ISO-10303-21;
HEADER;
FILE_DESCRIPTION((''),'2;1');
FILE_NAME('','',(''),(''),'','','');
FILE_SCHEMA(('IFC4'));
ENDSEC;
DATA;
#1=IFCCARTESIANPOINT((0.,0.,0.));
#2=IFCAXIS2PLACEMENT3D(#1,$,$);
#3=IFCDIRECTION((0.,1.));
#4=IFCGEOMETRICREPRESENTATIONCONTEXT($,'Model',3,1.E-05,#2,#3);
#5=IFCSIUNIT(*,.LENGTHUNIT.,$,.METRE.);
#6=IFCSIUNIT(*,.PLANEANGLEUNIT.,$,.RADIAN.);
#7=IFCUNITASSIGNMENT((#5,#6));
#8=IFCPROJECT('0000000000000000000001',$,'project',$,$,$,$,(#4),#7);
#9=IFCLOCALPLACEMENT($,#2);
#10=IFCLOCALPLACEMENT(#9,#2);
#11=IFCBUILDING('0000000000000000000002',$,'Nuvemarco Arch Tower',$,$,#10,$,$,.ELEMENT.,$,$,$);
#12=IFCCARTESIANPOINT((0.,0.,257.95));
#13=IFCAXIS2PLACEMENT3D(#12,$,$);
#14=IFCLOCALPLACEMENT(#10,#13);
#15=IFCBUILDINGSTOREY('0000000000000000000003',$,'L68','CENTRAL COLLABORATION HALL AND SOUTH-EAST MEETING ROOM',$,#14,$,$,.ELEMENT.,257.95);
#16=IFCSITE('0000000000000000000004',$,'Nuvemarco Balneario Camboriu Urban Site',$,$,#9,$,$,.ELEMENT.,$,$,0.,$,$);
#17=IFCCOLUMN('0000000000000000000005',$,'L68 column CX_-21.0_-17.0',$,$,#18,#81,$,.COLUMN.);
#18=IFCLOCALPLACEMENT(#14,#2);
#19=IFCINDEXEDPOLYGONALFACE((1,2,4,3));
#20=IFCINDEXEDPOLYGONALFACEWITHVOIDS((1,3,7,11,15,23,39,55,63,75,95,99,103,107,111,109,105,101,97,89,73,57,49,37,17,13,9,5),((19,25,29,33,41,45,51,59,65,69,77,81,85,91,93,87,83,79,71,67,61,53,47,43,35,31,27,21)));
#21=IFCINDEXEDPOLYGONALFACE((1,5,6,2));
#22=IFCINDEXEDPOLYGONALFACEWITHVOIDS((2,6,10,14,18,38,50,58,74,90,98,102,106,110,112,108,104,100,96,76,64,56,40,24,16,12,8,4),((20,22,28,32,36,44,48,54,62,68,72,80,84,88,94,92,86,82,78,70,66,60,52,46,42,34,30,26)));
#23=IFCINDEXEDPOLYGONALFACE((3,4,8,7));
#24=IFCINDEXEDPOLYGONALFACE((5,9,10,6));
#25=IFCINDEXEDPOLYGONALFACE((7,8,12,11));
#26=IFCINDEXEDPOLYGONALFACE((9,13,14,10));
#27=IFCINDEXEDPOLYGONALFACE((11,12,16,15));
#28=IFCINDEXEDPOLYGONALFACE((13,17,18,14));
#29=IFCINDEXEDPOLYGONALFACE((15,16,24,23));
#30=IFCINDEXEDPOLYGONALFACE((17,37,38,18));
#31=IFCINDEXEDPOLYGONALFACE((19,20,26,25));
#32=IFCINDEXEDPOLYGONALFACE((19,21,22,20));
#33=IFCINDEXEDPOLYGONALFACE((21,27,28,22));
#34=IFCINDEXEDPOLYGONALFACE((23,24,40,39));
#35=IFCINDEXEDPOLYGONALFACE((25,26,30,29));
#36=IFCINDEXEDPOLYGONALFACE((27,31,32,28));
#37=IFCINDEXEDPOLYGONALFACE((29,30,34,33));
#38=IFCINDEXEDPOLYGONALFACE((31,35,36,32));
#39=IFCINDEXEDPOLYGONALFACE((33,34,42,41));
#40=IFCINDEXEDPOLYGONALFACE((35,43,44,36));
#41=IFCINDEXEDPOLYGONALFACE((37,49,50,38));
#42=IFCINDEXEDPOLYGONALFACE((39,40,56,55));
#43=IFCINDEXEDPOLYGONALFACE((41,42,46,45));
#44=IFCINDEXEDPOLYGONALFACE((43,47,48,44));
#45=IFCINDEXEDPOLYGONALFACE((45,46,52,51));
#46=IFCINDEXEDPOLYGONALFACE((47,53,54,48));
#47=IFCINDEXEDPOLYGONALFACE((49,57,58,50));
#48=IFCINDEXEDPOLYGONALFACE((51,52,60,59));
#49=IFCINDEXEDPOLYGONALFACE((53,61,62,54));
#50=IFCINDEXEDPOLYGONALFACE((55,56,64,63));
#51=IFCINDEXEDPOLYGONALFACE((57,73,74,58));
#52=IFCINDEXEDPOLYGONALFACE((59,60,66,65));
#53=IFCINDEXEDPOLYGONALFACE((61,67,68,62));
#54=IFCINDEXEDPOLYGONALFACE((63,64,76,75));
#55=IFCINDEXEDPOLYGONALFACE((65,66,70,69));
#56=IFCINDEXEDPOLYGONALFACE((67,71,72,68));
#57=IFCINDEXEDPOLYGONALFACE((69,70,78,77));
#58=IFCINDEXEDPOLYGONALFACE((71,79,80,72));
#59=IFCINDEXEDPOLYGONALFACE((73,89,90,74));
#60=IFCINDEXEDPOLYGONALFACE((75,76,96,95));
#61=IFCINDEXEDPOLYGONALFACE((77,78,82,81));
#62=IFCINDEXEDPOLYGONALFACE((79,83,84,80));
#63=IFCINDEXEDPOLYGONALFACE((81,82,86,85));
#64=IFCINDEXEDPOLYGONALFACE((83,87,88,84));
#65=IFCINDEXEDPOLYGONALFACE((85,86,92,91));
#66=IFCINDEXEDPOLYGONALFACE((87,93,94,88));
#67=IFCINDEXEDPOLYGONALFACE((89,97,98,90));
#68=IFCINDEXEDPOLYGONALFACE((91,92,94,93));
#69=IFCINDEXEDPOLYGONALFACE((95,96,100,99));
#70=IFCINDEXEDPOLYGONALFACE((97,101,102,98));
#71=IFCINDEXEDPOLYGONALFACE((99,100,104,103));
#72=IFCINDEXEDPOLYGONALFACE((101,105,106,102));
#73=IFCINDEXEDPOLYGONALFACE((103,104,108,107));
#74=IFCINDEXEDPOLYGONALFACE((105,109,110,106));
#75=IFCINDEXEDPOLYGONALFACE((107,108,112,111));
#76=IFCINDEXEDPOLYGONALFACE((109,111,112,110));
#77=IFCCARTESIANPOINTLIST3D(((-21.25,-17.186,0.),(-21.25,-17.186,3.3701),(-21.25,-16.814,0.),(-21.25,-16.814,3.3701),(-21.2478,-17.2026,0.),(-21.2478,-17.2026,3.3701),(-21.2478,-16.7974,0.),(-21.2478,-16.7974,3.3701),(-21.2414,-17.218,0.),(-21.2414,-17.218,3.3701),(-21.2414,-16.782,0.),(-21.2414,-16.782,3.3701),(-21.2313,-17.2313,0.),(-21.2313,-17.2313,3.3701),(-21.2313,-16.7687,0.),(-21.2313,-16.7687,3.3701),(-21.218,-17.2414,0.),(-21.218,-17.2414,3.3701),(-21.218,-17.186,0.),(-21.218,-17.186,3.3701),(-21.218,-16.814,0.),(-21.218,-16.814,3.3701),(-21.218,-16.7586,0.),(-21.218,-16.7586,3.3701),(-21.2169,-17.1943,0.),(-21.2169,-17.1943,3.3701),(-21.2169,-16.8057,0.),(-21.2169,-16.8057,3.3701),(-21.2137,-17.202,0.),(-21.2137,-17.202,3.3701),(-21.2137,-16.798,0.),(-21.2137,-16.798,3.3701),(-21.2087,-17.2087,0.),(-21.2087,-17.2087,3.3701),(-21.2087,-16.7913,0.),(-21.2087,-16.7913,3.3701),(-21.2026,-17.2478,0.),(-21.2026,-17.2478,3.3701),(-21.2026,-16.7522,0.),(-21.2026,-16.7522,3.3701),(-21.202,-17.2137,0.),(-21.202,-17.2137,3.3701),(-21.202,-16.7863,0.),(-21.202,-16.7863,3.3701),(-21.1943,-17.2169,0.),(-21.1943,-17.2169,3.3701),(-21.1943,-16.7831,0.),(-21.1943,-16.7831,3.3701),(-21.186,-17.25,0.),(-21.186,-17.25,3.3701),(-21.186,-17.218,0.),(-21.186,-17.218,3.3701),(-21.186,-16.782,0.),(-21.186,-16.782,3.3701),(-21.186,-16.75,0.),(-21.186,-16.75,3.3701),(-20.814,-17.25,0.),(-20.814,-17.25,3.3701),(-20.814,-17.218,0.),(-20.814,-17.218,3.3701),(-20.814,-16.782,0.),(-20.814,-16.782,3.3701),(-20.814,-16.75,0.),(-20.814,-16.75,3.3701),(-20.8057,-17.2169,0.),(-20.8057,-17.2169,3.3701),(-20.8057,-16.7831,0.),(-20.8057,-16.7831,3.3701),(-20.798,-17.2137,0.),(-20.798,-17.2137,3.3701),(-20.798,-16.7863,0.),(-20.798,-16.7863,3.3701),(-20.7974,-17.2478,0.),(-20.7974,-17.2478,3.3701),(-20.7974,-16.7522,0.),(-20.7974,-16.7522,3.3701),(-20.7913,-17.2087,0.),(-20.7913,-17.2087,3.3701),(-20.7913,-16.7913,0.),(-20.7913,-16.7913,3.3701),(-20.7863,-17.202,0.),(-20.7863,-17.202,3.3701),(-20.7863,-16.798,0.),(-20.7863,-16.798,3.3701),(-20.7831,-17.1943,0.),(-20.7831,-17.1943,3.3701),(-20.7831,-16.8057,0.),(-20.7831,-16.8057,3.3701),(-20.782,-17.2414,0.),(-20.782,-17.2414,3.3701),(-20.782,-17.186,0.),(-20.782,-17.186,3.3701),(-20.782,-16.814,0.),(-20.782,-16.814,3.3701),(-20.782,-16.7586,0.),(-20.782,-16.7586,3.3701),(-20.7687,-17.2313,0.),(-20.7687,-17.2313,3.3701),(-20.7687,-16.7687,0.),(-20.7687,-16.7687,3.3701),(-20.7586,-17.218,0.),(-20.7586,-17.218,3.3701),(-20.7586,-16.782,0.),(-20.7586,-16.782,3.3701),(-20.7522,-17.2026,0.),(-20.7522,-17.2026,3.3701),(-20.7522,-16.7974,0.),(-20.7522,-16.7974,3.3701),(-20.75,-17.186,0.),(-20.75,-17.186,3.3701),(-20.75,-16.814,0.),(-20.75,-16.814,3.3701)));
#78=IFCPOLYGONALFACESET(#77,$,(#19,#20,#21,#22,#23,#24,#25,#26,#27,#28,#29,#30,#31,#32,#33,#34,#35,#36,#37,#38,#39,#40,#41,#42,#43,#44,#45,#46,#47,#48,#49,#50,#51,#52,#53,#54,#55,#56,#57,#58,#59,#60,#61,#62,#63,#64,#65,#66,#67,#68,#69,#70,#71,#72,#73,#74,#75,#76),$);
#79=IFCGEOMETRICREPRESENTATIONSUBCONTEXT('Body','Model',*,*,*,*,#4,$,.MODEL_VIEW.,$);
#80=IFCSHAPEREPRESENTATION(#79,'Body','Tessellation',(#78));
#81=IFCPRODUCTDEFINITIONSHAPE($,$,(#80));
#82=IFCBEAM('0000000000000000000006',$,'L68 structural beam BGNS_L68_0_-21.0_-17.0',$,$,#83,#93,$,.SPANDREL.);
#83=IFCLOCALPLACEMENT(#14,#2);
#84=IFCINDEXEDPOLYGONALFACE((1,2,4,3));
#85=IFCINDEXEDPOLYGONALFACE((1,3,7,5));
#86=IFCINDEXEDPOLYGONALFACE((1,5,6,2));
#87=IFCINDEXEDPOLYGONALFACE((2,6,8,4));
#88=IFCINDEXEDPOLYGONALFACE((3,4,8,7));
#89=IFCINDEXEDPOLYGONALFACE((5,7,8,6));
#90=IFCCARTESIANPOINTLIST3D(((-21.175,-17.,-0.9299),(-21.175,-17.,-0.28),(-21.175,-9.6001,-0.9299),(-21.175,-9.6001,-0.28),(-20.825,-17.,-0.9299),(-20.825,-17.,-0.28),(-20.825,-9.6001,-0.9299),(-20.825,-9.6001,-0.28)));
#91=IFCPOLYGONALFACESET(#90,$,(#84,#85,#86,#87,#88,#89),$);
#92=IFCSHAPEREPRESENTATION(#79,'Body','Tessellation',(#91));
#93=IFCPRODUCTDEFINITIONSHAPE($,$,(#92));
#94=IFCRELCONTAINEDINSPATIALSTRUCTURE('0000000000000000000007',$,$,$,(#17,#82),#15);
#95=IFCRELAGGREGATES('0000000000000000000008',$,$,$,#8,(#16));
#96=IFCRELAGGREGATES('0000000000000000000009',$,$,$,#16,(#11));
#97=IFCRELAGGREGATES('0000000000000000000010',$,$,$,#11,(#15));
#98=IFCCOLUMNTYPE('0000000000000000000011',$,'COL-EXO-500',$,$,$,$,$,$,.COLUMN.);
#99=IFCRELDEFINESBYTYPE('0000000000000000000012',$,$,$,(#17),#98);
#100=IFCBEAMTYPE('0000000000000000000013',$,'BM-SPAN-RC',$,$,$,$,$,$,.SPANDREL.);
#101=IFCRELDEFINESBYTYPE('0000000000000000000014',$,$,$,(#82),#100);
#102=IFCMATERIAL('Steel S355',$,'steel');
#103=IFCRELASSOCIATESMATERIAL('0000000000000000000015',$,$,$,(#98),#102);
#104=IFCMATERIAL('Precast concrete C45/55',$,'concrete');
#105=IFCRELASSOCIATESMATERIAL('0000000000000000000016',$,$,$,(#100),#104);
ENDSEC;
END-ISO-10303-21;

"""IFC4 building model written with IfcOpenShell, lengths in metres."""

from ifc_helpers import new_model, si_unit, direction, frame, origin, origin_2d, place, context, subcontext, project, spatial, rectangle, hollow_rectangle, extrude, material, material_profile, profile_set, type_object, element, save


model = new_model("IFC4")

# Units and contexts
model_context = context("Model", 3, precision=1e-05, world=origin(), true_north=direction((0.0, 1.0)))
body_context = subcontext(model_context, "Body", "Model", "MODEL_VIEW")
ifc_project = project(units=[si_unit("LENGTHUNIT", "METRE"), si_unit("PLANEANGLEUNIT", "RADIAN")], contexts=[model_context])

# Site, building, storey
site_placement = place(None, origin())
site = spatial("IfcSite", under=ifc_project, at=site_placement, Name="Nuvemarco Balneario Camboriu Urban Site", CompositionType="ELEMENT", RefElevation=0.0)
building_placement = place(site_placement, origin())
building = spatial("IfcBuilding", under=site, at=building_placement, Name="Nuvemarco Arch Tower", CompositionType="ELEMENT")
storey_placement = place(building_placement, frame((0.0, 0.0, 257.95)))
storey = spatial("IfcBuildingStorey", under=building, at=storey_placement, Name="L68", Description="CENTRAL COLLABORATION HALL AND SOUTH-EAST MEETING ROOM", CompositionType="ELEMENT", Elevation=257.95)

# Column
ifc_material_1 = material(Name="Steel S355", Category="steel")
ifc_material_profile_1 = material_profile(ifc_material_1, hollow_rectangle(XDim=0.5, YDim=0.5, WallThickness=0.032, InnerFilletRadius=0.032, OuterFilletRadius=0.064, at=origin_2d()), Name="SHS500x500x32")
ifc_profile_set_1 = profile_set([ifc_material_profile_1], Name="Steel S355")
column_type = type_object("IfcColumnType", Name="COL-EXO-500", PredefinedType="COLUMN", material=ifc_profile_set_1)
column_placement = place(storey_placement, frame((-21.0, -17.0, 0.0), z_axis=(0.0, 0.0, 1.0), x_axis=(1.0, 0.0, 0.0)))
element("IfcColumn", 1, at=column_placement, inside=storey, type_object=column_type, Name="L68 column CX_-21.0_-17.0", PredefinedType="COLUMN", context=body_context, shape_type="SweptSolid", body=[
    extrude(hollow_rectangle(XDim=0.5, YDim=0.5, WallThickness=0.032, InnerFilletRadius=0.032, OuterFilletRadius=0.064, at=origin_2d()), origin(), (0.0, 0.0, 1.0), 3.3701),
])

# Beam
ifc_material_2 = material(Name="Precast concrete C45/55", Category="concrete")
ifc_material_profile_2 = material_profile(ifc_material_2, rectangle(XDim=0.3501, YDim=0.6499, at=origin_2d()), Name="PC-SP-350x650")
ifc_profile_set_2 = profile_set([ifc_material_profile_2], Name="Precast concrete C45/55")
beam_type = type_object("IfcBeamType", Name="BM-SPAN-RC", PredefinedType="SPANDREL", material=ifc_profile_set_2)
beam_placement = place(storey_placement, frame((-21.0, -17.0, -0.605), z_axis=(0.0, 1.0, 0.0), x_axis=(-1.0, 0.0, 0.0)))
element("IfcBeam", 2, at=beam_placement, inside=storey, type_object=beam_type, Name="L68 structural beam BGNS_L68_0_-21.0_-17.0", PredefinedType="SPANDREL", context=body_context, shape_type="SweptSolid", body=[
    extrude(rectangle(XDim=0.3501, YDim=0.6499, at=origin_2d()), origin(), (0.0, 0.0, 1.0), 7.3999),
])

save(model, "model.ifc")
